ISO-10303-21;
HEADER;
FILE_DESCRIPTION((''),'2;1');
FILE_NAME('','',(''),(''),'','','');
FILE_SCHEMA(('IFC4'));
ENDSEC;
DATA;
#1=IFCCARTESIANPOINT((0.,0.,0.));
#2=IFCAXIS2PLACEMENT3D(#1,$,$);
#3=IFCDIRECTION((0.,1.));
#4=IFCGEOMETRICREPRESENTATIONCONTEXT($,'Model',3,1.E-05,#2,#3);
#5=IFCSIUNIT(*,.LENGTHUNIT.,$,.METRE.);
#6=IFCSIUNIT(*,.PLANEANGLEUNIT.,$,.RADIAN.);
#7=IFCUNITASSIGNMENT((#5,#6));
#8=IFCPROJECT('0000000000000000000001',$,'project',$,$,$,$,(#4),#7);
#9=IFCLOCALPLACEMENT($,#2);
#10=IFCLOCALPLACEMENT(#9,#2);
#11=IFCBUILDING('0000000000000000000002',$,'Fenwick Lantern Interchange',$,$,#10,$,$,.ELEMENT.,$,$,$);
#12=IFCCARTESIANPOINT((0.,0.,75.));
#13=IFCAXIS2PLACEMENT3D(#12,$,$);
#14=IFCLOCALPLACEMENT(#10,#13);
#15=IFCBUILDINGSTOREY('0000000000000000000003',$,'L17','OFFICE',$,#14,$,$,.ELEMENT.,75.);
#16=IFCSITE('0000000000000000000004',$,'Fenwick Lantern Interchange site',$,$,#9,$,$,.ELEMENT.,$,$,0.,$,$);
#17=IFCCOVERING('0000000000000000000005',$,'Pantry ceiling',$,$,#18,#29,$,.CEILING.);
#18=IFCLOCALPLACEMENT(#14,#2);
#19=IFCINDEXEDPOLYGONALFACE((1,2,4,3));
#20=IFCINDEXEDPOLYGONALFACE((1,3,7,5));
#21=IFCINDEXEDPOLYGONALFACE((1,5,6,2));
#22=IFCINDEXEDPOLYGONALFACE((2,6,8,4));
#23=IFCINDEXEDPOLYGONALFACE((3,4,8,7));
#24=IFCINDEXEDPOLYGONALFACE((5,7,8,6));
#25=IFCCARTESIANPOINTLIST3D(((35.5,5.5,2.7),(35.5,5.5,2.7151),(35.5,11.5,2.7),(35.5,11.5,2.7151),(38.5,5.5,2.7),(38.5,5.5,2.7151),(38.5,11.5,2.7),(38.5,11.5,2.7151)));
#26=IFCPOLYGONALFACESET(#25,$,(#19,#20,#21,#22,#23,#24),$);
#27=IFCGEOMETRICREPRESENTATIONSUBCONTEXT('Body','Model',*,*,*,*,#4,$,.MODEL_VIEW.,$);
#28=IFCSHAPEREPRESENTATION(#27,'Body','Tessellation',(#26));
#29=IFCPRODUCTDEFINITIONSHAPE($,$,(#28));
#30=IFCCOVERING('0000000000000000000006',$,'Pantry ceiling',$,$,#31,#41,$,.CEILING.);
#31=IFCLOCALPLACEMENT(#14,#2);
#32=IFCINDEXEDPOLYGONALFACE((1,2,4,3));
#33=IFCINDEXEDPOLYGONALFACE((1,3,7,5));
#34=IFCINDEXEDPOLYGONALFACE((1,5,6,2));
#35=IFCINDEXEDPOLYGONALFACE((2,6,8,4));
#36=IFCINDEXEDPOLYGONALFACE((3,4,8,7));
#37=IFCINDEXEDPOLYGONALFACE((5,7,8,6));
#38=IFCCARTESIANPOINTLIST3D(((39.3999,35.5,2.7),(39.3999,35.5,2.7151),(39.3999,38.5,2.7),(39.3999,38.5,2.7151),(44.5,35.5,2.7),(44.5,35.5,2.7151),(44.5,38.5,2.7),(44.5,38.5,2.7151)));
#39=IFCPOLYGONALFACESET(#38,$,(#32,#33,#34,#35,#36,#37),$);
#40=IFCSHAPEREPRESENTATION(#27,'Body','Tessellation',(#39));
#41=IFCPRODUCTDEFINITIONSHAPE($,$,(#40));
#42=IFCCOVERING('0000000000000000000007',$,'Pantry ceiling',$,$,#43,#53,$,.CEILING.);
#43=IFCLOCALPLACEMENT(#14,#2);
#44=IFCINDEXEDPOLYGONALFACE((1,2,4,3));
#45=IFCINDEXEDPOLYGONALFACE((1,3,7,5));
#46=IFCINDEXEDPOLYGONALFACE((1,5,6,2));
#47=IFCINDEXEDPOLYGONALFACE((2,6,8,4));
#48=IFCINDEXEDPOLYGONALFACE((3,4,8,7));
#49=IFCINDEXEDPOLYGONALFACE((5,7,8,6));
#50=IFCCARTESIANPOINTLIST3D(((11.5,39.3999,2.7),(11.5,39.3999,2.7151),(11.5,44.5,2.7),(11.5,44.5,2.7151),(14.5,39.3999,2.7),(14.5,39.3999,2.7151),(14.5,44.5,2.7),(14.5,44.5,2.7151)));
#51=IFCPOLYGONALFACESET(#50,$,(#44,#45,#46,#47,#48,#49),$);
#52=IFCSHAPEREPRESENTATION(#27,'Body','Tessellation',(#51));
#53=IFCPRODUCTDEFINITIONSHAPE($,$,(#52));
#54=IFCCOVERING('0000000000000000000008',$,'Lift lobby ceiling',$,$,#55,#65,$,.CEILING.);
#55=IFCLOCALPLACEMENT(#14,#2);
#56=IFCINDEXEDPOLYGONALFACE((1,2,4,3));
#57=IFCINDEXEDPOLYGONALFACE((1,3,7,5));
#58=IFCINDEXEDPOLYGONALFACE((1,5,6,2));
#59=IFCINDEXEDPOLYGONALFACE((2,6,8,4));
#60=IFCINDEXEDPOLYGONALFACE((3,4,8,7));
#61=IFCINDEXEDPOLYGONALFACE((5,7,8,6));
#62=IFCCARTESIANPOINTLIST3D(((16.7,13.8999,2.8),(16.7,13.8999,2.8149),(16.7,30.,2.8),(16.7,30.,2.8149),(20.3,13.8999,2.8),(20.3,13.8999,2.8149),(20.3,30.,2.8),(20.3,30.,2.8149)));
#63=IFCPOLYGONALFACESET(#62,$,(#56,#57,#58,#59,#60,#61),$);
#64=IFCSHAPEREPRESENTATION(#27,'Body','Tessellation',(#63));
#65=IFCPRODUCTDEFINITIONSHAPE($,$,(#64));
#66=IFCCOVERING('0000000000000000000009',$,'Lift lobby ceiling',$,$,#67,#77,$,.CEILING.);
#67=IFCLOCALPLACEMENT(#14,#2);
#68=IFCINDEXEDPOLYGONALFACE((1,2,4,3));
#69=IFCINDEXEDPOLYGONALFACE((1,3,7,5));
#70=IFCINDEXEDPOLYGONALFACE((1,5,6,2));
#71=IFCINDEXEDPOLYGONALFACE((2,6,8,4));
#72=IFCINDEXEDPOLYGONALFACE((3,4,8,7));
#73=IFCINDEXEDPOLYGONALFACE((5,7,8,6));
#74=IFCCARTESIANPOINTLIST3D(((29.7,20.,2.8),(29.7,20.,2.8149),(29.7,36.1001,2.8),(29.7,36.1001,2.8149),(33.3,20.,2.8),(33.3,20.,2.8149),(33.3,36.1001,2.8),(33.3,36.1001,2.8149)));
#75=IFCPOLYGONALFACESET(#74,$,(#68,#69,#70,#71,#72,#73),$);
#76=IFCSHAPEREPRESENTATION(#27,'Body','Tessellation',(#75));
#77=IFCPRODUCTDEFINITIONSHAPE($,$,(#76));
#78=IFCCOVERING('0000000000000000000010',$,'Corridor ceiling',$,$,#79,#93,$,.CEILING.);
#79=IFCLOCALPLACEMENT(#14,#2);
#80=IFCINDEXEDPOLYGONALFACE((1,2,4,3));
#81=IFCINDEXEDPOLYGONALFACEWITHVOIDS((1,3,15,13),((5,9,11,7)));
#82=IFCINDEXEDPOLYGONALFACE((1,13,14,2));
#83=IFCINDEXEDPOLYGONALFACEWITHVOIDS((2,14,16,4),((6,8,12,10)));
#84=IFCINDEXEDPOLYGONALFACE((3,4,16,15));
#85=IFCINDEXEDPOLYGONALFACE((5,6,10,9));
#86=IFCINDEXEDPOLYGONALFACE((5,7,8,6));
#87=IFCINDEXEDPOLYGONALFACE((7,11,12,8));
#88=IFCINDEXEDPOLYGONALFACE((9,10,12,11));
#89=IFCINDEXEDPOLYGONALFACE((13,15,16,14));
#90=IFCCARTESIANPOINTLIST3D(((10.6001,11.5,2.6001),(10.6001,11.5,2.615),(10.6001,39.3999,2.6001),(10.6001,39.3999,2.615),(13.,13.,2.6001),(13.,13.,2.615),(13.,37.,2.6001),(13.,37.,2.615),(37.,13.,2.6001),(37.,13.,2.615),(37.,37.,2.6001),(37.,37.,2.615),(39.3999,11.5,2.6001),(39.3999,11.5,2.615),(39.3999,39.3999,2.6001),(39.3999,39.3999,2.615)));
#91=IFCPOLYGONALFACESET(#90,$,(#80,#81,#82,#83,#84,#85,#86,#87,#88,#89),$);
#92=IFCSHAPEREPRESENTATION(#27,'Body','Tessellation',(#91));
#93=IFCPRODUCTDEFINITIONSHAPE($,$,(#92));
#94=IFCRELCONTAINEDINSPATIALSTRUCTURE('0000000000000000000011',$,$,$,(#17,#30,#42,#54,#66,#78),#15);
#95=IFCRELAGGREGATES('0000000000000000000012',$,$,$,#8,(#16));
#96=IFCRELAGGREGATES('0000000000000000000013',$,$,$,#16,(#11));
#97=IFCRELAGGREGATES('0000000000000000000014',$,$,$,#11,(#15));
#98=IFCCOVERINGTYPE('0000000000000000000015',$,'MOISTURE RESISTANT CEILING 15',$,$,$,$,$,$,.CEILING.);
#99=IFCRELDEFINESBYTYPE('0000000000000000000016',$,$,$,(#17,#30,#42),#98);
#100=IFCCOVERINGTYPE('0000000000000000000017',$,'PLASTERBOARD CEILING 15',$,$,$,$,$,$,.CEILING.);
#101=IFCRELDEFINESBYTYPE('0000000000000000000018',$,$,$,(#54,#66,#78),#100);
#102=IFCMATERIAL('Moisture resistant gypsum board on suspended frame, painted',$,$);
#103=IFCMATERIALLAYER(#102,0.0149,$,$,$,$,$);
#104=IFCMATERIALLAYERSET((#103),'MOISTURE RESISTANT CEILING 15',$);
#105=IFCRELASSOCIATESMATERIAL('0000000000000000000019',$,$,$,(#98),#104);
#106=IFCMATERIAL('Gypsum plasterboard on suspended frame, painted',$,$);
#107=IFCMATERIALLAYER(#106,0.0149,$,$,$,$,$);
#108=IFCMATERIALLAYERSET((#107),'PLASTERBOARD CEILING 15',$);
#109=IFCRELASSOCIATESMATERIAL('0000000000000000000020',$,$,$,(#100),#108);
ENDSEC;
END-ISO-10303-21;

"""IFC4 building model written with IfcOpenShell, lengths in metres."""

from ifc_helpers import new_model, si_unit, direction, frame, origin, place, context, subcontext, project, spatial, polyline, outline, extrude, material, layer, layer_set, type_object, element, save


model = new_model("IFC4")

# Units and contexts
model_context = context("Model", 3, precision=1e-05, world=origin(), true_north=direction((0.0, 1.0)))
body_context = subcontext(model_context, "Body", "Model", "MODEL_VIEW")
ifc_project = project(units=[si_unit("LENGTHUNIT", "METRE"), si_unit("PLANEANGLEUNIT", "RADIAN")], contexts=[model_context])

# Site, building, storey
site_placement = place(None, origin())
site = spatial("IfcSite", under=ifc_project, at=site_placement, Name="Fenwick Lantern Interchange site", CompositionType="ELEMENT", RefElevation=0.0)
building_placement = place(site_placement, origin())
building = spatial("IfcBuilding", under=site, at=building_placement, Name="Fenwick Lantern Interchange", CompositionType="ELEMENT")
storey_placement = place(building_placement, frame((0.0, 0.0, 75.0)))
storey = spatial("IfcBuildingStorey", under=building, at=storey_placement, Name="L17", Description="OFFICE", CompositionType="ELEMENT", Elevation=75.0)

# Coverings
ifc_material_1 = material(Name="Moisture resistant gypsum board on suspended frame, painted")
ifc_layer_1 = layer(ifc_material_1, 0.0149)
ifc_layer_set_1 = layer_set([ifc_layer_1], Name="MOISTURE RESISTANT CEILING 15")
covering_type_1 = type_object("IfcCoveringType", Name="MOISTURE RESISTANT CEILING 15", PredefinedType="CEILING", material=ifc_layer_set_1)
covering_1_placement = place(storey_placement, frame((0.0, 0.0, 2.7)))
element("IfcCovering", 1, at=covering_1_placement, inside=storey, type_object=covering_type_1, Name="Pantry ceiling", PredefinedType="CEILING", context=body_context, shape_type="SweptSolid", body=[
    extrude(outline(polyline([(35.5, 5.5), (38.5, 5.5), (38.5, 11.5), (35.5, 11.5), (35.5, 5.5)])), origin(), (0.0, 0.0, 1.0), 0.0151),
])
covering_2_placement = place(storey_placement, frame((0.0, 0.0, 2.7)))
element("IfcCovering", 2, at=covering_2_placement, inside=storey, type_object=covering_type_1, Name="Pantry ceiling", PredefinedType="CEILING", context=body_context, shape_type="SweptSolid", body=[
    extrude(outline(polyline([(44.5, 35.5), (44.5, 38.5), (39.3999, 38.5), (39.3999, 35.5), (44.5, 35.5)])), origin(), (0.0, 0.0, 1.0), 0.0151),
])
covering_3_placement = place(storey_placement, frame((0.0, 0.0, 2.7)))
element("IfcCovering", 3, at=covering_3_placement, inside=storey, type_object=covering_type_1, Name="Pantry ceiling", PredefinedType="CEILING", context=body_context, shape_type="SweptSolid", body=[
    extrude(outline(polyline([(14.5, 44.5), (11.5, 44.5), (11.5, 39.3999), (14.5, 39.3999), (14.5, 44.5)])), origin(), (0.0, 0.0, 1.0), 0.0151),
])
ifc_material_2 = material(Name="Gypsum plasterboard on suspended frame, painted")
ifc_layer_2 = layer(ifc_material_2, 0.0149)
ifc_layer_set_2 = layer_set([ifc_layer_2], Name="PLASTERBOARD CEILING 15")
covering_type_2 = type_object("IfcCoveringType", Name="PLASTERBOARD CEILING 15", PredefinedType="CEILING", material=ifc_layer_set_2)
covering_4_placement = place(storey_placement, frame((0.0, 0.0, 2.8)))
element("IfcCovering", 4, at=covering_4_placement, inside=storey, type_object=covering_type_2, Name="Lift lobby ceiling", PredefinedType="CEILING", context=body_context, shape_type="SweptSolid", body=[
    extrude(outline(polyline([(16.7, 13.8999), (20.3, 13.8999), (20.3, 30.0), (16.7, 30.0), (16.7, 13.8999)])), origin(), (0.0, 0.0, 1.0), 0.0149),
])
covering_5_placement = place(storey_placement, frame((0.0, 0.0, 2.8)))
element("IfcCovering", 5, at=covering_5_placement, inside=storey, type_object=covering_type_2, Name="Lift lobby ceiling", PredefinedType="CEILING", context=body_context, shape_type="SweptSolid", body=[
    extrude(outline(polyline([(33.3, 36.1001), (29.7, 36.1001), (29.7, 20.0), (33.3, 20.0), (33.3, 36.1001)])), origin(), (0.0, 0.0, 1.0), 0.0149),
])
covering_6_placement = place(storey_placement, frame((0.0, 0.0, 2.6001)))
element("IfcCovering", 6, at=covering_6_placement, inside=storey, type_object=covering_type_2, Name="Corridor ceiling", PredefinedType="CEILING", context=body_context, shape_type="SweptSolid", body=[
    extrude(outline(polyline([(10.6001, 11.5), (39.3999, 11.5), (39.3999, 39.3999), (10.6001, 39.3999), (10.6001, 11.5)]), holes=[polyline([(13.0, 13.0), (13.0, 37.0), (37.0, 37.0), (37.0, 13.0), (13.0, 13.0)])]), origin(), (0.0, 0.0, 1.0), 0.0149),
])

save(model, "model.ifc")
